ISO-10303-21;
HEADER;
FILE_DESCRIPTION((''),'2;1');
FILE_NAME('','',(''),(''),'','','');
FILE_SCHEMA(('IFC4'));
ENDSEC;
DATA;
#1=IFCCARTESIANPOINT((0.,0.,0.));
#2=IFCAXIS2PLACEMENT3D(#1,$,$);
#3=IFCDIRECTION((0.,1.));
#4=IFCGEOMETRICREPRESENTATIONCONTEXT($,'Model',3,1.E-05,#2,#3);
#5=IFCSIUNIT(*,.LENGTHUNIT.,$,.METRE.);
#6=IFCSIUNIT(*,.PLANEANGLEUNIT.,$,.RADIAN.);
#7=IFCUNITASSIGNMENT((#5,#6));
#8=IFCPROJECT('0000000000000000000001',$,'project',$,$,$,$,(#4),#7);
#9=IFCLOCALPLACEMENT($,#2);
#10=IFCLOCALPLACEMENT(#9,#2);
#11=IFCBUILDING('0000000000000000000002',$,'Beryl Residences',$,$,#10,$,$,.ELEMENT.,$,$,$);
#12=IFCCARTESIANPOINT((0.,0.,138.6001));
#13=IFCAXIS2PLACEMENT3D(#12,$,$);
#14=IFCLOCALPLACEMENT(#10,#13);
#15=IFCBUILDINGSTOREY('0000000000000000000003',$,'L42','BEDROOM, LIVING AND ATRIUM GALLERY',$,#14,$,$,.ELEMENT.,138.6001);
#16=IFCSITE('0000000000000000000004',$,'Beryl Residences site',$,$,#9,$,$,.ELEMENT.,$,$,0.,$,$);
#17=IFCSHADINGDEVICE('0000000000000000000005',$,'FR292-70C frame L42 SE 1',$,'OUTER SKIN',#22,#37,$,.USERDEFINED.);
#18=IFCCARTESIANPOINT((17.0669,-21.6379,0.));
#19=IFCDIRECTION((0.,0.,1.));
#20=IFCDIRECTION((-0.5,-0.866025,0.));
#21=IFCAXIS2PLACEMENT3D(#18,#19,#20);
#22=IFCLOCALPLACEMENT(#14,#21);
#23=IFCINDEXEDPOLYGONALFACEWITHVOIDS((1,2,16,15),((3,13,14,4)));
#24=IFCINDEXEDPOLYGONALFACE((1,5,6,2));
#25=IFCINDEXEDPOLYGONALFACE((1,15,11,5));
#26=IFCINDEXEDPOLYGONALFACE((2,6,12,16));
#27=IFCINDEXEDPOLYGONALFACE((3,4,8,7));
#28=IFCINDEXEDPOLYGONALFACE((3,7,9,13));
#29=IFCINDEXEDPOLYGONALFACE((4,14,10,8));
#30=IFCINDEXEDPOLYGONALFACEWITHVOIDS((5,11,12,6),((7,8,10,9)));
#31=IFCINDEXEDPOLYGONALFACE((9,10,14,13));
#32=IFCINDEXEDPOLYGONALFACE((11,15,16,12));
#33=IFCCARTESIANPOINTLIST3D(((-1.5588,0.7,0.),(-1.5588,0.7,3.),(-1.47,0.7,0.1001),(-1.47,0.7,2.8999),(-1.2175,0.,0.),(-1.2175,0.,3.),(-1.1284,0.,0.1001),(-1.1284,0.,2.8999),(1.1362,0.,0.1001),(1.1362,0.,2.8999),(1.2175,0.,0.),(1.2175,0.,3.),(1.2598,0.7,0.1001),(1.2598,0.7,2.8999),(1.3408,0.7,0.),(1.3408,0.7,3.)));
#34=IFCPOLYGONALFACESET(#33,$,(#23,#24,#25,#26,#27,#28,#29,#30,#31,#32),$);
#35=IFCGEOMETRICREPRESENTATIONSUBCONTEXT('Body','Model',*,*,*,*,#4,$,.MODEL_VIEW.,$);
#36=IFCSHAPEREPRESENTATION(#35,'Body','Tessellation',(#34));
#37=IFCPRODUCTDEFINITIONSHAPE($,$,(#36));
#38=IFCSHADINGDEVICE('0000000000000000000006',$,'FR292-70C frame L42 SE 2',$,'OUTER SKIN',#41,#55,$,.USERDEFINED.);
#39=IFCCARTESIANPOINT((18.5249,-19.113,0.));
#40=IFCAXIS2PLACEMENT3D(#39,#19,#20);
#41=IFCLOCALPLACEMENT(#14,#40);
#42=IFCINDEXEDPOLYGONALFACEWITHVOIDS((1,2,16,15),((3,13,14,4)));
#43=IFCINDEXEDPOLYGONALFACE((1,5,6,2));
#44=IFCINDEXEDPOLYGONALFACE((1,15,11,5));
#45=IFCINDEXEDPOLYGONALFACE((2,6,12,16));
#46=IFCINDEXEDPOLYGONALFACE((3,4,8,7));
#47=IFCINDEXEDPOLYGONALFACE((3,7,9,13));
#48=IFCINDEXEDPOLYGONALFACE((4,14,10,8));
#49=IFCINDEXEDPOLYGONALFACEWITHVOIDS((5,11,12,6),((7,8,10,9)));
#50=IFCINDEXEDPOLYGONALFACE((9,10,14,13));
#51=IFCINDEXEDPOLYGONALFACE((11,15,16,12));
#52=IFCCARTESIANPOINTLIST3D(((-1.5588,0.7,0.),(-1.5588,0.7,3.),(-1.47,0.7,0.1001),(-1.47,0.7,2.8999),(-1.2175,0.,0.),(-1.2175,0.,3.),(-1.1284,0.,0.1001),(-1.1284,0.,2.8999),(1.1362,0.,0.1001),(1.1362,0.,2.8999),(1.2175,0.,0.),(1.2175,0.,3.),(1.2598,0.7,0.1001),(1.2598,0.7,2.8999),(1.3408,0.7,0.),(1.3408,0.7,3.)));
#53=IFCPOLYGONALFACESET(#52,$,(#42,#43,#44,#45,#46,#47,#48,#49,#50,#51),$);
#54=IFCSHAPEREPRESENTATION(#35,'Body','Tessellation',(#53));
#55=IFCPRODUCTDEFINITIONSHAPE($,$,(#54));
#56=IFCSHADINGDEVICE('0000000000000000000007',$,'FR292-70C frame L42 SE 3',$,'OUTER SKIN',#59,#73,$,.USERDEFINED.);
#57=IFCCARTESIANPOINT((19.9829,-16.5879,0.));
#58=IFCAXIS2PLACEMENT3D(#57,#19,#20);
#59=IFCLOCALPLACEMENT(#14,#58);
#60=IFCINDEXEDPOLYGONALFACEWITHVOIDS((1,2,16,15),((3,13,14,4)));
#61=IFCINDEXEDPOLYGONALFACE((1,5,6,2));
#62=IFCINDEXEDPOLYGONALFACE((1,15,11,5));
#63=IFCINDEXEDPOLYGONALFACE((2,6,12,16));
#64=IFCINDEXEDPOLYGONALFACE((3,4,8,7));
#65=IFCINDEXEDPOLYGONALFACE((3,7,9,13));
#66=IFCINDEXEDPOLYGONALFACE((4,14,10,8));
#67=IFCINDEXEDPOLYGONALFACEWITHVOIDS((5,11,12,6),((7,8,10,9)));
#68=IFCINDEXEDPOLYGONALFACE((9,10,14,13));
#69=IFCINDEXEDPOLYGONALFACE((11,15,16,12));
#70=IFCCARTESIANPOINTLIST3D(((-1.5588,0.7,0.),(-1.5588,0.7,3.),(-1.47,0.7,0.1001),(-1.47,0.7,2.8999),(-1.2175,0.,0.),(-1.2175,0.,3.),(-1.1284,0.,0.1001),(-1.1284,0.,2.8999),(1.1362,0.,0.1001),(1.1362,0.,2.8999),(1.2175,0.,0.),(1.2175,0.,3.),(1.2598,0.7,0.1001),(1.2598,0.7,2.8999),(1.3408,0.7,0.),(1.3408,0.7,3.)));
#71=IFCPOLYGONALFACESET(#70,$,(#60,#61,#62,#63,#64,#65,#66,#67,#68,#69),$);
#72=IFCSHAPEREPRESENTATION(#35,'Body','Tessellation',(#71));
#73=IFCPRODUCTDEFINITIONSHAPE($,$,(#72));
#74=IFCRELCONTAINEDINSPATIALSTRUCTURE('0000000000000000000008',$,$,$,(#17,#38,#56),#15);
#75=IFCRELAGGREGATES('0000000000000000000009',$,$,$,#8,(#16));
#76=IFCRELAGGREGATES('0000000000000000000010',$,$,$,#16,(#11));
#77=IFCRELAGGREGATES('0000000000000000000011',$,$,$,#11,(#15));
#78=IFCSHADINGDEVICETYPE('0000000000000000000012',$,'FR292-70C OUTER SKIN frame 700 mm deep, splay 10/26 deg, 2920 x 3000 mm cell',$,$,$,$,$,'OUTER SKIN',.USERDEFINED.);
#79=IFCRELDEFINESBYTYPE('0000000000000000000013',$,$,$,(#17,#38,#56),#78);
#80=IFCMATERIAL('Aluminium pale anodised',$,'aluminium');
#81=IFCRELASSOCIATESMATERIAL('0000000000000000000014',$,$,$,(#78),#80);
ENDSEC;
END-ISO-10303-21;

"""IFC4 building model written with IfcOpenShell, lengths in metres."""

from ifc_helpers import new_model, entity, si_unit, direction, frame, origin, place, context, subcontext, project, spatial, source, transform, mapped, material, type_object, type_shapes, element, save


model = new_model("IFC4")

# Units and contexts
model_context = context("Model", 3, precision=1e-05, world=origin(), true_north=direction((0.0, 1.0)))
body_context = subcontext(model_context, "Body", "Model", "MODEL_VIEW")
ifc_project = project(units=[si_unit("LENGTHUNIT", "METRE"), si_unit("PLANEANGLEUNIT", "RADIAN")], contexts=[model_context])

# Site, building, storey
site_placement = place(None, origin())
site = spatial("IfcSite", under=ifc_project, at=site_placement, Name="Beryl Residences site", CompositionType="ELEMENT", RefElevation=0.0)
building_placement = place(site_placement, origin())
building = spatial("IfcBuilding", under=site, at=building_placement, Name="Beryl Residences", CompositionType="ELEMENT")
storey_placement = place(building_placement, frame((0.0, 0.0, 138.6001)))
storey = spatial("IfcBuildingStorey", under=building, at=storey_placement, Name="L42", Description="BEDROOM, LIVING AND ATRIUM GALLERY", CompositionType="ELEMENT", Elevation=138.6001)

# Shading devices
ifc_material_1 = material(Name="Aluminium pale anodised", Category="aluminium")
shading_device_type = type_object("IfcShadingDeviceType", Name="FR292-70C OUTER SKIN frame 700 mm deep, splay 10/26 deg, 2920 x 3000 mm cell", ElementType="OUTER SKIN", PredefinedType="USERDEFINED", material=ifc_material_1)
cartesian_point_1 = entity("IfcCartesianPoint", [-1.2175, 0.0])
cartesian_point_2 = entity("IfcCartesianPoint", [-1.1362, 0.1001])
cartesian_point_3 = entity("IfcCartesianPoint", [-1.3408, 0.0])
cartesian_point_4 = entity("IfcCartesianPoint", [-1.2598, 0.1001])
shared_shape_1 = source(origin(), body_context, "Body", "SweptSolid", [
    entity("IfcExtrudedAreaSolidTapered", entity("IfcArbitraryProfileDefWithVoids", "AREA", None, entity("IfcPolyline", [cartesian_point_1, entity("IfcCartesianPoint", [1.2175, 0.0]), entity("IfcCartesianPoint", [1.2175, 3.0]), entity("IfcCartesianPoint", [-1.2175, 3.0]), cartesian_point_1]), [entity("IfcPolyline", [cartesian_point_2, entity("IfcCartesianPoint", [1.1284, 0.1001]), entity("IfcCartesianPoint", [1.1284, 2.8999]), entity("IfcCartesianPoint", [-1.1362, 2.8999]), cartesian_point_2])]), entity("IfcAxis2Placement3D", entity("IfcCartesianPoint", [0.0, 0.0, 0.0]), entity("IfcDirection", [0.0, 1.0, 0.0]), entity("IfcDirection", [-1.0, 0.0, 0.0])), entity("IfcDirection", [0.0, 0.0, 1.0]), 0.7, entity("IfcArbitraryProfileDefWithVoids", "AREA", None, entity("IfcPolyline", [cartesian_point_3, entity("IfcCartesianPoint", [1.5588, 0.0]), entity("IfcCartesianPoint", [1.5588, 3.0]), entity("IfcCartesianPoint", [-1.3408, 3.0]), cartesian_point_3]), [entity("IfcPolyline", [cartesian_point_4, entity("IfcCartesianPoint", [1.47, 0.1001]), entity("IfcCartesianPoint", [1.47, 2.8999]), entity("IfcCartesianPoint", [-1.2598, 2.8999]), cartesian_point_4])])),
])
type_shapes(shading_device_type, [shared_shape_1])
for number, where, z_axis, x_axis, name in (
    (1, (17.0669, -21.6379, 0.0), (0.0, 0.0, 1.0), (-0.5, -0.866025, 0.0), "FR292-70C frame L42 SE 1"),
    (2, (18.5249, -19.113, 0.0), (0.0, 0.0, 1.0), (-0.5, -0.866025, 0.0), "FR292-70C frame L42 SE 2"),
    (3, (19.9829, -16.5879, 0.0), (0.0, 0.0, 1.0), (-0.5, -0.866025, 0.0), "FR292-70C frame L42 SE 3"),
):
    element("IfcShadingDevice", number, at=place(storey_placement, frame(where, z_axis=z_axis, x_axis=x_axis)), inside=storey, type_object=shading_device_type, Name=name, ObjectType="OUTER SKIN", PredefinedType="USERDEFINED", context=body_context, shape_type="MappedRepresentation", body=[
        mapped(shared_shape_1, transform((0.0, 0.0, 0.0))),
    ])

save(model, "model.ifc")
